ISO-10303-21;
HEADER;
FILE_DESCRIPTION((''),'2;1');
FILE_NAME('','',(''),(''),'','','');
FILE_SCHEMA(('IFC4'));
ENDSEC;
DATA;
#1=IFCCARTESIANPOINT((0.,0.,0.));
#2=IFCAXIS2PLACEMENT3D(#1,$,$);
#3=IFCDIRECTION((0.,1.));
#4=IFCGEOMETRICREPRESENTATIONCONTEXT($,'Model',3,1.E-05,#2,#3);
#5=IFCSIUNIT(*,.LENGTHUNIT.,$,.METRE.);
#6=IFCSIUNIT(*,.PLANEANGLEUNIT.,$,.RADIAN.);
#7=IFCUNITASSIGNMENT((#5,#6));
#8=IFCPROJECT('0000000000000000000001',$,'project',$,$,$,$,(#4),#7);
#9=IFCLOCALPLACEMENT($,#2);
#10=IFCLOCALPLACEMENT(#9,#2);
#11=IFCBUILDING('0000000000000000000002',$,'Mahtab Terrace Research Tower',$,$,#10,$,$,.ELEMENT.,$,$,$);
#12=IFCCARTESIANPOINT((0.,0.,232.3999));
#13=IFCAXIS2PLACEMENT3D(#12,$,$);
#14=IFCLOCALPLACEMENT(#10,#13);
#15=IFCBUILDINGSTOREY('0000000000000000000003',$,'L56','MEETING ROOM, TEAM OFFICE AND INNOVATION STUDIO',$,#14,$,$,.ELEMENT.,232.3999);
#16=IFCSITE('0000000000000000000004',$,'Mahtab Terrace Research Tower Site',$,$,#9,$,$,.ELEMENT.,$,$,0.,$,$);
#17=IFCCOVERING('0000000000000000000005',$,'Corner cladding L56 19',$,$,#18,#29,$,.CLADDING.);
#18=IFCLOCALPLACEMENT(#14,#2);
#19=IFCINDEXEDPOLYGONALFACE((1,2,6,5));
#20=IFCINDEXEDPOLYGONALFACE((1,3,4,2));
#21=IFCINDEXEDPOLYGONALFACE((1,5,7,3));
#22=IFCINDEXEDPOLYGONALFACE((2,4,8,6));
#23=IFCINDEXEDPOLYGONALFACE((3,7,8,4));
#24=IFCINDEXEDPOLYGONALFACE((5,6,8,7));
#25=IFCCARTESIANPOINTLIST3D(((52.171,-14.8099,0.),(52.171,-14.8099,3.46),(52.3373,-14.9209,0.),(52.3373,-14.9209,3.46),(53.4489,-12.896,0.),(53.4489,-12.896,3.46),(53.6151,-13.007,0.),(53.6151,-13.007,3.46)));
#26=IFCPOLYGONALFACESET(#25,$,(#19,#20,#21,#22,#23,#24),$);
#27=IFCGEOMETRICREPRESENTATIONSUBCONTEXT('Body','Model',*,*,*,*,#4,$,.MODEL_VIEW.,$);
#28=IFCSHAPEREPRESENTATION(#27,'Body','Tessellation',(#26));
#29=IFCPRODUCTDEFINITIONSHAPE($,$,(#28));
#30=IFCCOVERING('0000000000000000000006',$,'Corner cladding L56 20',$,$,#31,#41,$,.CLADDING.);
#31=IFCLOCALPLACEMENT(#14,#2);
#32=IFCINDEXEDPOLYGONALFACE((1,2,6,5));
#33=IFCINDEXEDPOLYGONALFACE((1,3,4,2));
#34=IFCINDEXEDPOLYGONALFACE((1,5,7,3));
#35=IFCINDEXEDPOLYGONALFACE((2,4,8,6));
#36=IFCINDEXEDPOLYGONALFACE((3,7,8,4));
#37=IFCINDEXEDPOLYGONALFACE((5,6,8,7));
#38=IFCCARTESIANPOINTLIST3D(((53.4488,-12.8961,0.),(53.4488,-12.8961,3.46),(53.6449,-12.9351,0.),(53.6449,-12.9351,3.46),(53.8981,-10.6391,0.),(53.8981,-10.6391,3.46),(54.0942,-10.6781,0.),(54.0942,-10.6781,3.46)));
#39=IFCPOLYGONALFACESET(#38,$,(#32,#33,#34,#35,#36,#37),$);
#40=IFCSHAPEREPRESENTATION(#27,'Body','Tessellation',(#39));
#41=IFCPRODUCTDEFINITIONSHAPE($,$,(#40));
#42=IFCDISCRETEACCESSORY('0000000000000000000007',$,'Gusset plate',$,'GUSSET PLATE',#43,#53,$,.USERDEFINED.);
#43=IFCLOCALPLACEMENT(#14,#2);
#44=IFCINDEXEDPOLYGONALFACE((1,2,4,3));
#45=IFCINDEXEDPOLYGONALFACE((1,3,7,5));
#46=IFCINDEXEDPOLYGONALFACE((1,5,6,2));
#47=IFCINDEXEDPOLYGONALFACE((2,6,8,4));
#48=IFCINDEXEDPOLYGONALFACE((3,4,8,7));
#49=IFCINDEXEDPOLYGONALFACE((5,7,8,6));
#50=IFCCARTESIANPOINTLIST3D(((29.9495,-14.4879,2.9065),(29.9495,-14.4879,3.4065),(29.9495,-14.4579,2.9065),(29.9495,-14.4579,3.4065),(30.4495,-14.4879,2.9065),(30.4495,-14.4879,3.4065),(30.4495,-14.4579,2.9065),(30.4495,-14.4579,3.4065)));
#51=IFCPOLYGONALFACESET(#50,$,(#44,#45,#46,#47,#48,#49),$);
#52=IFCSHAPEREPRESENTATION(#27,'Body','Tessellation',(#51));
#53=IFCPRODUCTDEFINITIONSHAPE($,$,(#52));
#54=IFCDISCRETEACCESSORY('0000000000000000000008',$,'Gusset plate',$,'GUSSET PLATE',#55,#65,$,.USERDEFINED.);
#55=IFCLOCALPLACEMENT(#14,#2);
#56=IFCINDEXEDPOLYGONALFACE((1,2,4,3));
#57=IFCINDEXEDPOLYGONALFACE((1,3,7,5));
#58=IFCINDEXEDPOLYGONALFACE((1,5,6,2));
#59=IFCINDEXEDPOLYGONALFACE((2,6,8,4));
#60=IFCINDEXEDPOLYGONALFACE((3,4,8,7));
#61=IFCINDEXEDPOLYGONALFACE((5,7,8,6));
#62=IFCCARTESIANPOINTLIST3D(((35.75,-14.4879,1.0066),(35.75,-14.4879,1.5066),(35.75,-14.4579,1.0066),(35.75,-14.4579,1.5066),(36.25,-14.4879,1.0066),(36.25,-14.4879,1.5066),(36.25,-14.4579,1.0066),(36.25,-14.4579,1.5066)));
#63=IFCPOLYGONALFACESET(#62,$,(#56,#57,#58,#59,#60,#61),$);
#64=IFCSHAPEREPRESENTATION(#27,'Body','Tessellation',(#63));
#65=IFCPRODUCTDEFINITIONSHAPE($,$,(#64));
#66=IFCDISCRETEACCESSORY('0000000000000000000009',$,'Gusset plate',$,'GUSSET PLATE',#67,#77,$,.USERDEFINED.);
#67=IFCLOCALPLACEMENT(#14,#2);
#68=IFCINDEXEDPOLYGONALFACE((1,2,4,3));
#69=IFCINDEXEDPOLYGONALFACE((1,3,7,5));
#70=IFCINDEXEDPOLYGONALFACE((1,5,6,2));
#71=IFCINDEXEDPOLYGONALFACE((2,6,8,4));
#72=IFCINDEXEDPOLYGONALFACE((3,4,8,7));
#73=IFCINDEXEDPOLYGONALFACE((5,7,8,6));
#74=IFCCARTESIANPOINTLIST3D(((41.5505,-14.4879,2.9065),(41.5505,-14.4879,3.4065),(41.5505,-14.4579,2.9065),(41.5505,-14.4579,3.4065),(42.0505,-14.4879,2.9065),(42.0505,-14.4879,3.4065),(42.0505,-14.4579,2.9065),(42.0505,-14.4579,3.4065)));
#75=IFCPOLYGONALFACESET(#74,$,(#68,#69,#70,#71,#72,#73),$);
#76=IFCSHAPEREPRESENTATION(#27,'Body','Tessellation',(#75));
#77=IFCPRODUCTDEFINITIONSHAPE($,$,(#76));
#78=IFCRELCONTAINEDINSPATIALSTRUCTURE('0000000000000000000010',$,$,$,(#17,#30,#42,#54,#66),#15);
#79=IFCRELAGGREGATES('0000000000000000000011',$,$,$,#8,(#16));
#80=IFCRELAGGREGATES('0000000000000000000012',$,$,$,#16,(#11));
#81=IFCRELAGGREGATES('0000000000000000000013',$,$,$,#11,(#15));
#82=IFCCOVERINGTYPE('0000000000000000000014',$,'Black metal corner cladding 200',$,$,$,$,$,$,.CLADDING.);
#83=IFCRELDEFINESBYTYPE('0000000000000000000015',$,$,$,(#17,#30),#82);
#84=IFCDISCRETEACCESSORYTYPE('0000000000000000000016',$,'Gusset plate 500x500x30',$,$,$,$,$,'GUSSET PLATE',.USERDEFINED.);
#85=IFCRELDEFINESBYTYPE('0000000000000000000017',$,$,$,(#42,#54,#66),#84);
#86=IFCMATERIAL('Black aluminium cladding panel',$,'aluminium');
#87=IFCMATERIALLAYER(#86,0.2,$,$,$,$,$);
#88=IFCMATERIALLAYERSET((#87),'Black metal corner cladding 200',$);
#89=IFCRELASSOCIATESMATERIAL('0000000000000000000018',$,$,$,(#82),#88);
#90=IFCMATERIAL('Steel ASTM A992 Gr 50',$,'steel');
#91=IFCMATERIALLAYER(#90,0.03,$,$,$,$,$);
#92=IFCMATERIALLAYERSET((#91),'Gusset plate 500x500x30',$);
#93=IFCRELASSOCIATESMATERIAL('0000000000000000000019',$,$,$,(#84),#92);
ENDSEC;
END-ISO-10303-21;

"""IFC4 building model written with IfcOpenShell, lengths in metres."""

from ifc_helpers import new_model, si_unit, direction, frame, origin, origin_2d, place, context, subcontext, project, spatial, rectangle, extrude, material, layer, layer_set, type_object, element, save


model = new_model("IFC4")

# Units and contexts
model_context = context("Model", 3, precision=1e-05, world=origin(), true_north=direction((0.0, 1.0)))
body_context = subcontext(model_context, "Body", "Model", "MODEL_VIEW")
ifc_project = project(units=[si_unit("LENGTHUNIT", "METRE"), si_unit("PLANEANGLEUNIT", "RADIAN")], contexts=[model_context])

# Site, building, storey
site_placement = place(None, origin())
site = spatial("IfcSite", under=ifc_project, at=site_placement, Name="Mahtab Terrace Research Tower Site", CompositionType="ELEMENT", RefElevation=0.0)
building_placement = place(site_placement, origin())
building = spatial("IfcBuilding", under=site, at=building_placement, Name="Mahtab Terrace Research Tower", CompositionType="ELEMENT")
storey_placement = place(building_placement, frame((0.0, 0.0, 232.3999)))
storey = spatial("IfcBuildingStorey", under=building, at=storey_placement, Name="L56", Description="MEETING ROOM, TEAM OFFICE AND INNOVATION STUDIO", CompositionType="ELEMENT", Elevation=232.3999)

# Shared definitions
ifc_material_1 = material(Name="Steel ASTM A992 Gr 50", Category="steel")

# Coverings
ifc_material_2 = material(Name="Black aluminium cladding panel", Category="aluminium")
ifc_layer_1 = layer(ifc_material_2, 0.2)
ifc_layer_set_1 = layer_set([ifc_layer_1], Name="Black metal corner cladding 200")
covering_type = type_object("IfcCoveringType", Name="Black metal corner cladding 200", PredefinedType="CLADDING", material=ifc_layer_set_1)
for number, where, z_axis, x_axis, name in (
    (1, (52.8931, -13.9084, 0.0), (0.0, 0.0, 1.0), (0.555291, 0.831656, 0.0), "Corner cladding L56 19"),
    (2, (53.7715, -11.7871, 0.0), (0.0, 0.0, 1.0), (0.195212, 0.980761, 0.0), "Corner cladding L56 20"),
):
    element("IfcCovering", number, at=place(storey_placement, frame(where, z_axis=z_axis, x_axis=x_axis)), inside=storey, type_object=covering_type, Name=name, PredefinedType="CLADDING", context=body_context, shape_type="SweptSolid", body=[
        extrude(rectangle(XDim=2.3013, YDim=0.2, at=origin_2d()), origin(), (0.0, 0.0, 1.0), 3.46),
    ])

# Discrete accessories
ifc_layer_2 = layer(ifc_material_1, 0.03)
ifc_layer_set_2 = layer_set([ifc_layer_2], Name="Gusset plate 500x500x30")
discrete_accessory_type = type_object("IfcDiscreteAccessoryType", Name="Gusset plate 500x500x30", ElementType="GUSSET PLATE", PredefinedType="USERDEFINED", material=ifc_layer_set_2)
for number, where, z_axis, x_axis, name in (
    (3, (30.1995, -14.4729, 2.9065), (0.0, 0.0, 1.0), (1.0, 0.0, 0.0), "Gusset plate"),
    (4, (36.0, -14.4729, 1.0066), (0.0, 0.0, 1.0), (1.0, 0.0, 0.0), "Gusset plate"),
    (5, (41.8005, -14.4729, 2.9065), (0.0, 0.0, 1.0), (1.0, 0.0, 0.0), "Gusset plate"),
):
    element("IfcDiscreteAccessory", number, at=place(storey_placement, frame(where, z_axis=z_axis, x_axis=x_axis)), inside=storey, type_object=discrete_accessory_type, Name=name, ObjectType="GUSSET PLATE", PredefinedType="USERDEFINED", context=body_context, shape_type="SweptSolid", body=[
        extrude(rectangle(XDim=0.5, YDim=0.03, at=origin_2d()), origin(), (0.0, 0.0, 1.0), 0.5),
    ])

save(model, "model.ifc")
